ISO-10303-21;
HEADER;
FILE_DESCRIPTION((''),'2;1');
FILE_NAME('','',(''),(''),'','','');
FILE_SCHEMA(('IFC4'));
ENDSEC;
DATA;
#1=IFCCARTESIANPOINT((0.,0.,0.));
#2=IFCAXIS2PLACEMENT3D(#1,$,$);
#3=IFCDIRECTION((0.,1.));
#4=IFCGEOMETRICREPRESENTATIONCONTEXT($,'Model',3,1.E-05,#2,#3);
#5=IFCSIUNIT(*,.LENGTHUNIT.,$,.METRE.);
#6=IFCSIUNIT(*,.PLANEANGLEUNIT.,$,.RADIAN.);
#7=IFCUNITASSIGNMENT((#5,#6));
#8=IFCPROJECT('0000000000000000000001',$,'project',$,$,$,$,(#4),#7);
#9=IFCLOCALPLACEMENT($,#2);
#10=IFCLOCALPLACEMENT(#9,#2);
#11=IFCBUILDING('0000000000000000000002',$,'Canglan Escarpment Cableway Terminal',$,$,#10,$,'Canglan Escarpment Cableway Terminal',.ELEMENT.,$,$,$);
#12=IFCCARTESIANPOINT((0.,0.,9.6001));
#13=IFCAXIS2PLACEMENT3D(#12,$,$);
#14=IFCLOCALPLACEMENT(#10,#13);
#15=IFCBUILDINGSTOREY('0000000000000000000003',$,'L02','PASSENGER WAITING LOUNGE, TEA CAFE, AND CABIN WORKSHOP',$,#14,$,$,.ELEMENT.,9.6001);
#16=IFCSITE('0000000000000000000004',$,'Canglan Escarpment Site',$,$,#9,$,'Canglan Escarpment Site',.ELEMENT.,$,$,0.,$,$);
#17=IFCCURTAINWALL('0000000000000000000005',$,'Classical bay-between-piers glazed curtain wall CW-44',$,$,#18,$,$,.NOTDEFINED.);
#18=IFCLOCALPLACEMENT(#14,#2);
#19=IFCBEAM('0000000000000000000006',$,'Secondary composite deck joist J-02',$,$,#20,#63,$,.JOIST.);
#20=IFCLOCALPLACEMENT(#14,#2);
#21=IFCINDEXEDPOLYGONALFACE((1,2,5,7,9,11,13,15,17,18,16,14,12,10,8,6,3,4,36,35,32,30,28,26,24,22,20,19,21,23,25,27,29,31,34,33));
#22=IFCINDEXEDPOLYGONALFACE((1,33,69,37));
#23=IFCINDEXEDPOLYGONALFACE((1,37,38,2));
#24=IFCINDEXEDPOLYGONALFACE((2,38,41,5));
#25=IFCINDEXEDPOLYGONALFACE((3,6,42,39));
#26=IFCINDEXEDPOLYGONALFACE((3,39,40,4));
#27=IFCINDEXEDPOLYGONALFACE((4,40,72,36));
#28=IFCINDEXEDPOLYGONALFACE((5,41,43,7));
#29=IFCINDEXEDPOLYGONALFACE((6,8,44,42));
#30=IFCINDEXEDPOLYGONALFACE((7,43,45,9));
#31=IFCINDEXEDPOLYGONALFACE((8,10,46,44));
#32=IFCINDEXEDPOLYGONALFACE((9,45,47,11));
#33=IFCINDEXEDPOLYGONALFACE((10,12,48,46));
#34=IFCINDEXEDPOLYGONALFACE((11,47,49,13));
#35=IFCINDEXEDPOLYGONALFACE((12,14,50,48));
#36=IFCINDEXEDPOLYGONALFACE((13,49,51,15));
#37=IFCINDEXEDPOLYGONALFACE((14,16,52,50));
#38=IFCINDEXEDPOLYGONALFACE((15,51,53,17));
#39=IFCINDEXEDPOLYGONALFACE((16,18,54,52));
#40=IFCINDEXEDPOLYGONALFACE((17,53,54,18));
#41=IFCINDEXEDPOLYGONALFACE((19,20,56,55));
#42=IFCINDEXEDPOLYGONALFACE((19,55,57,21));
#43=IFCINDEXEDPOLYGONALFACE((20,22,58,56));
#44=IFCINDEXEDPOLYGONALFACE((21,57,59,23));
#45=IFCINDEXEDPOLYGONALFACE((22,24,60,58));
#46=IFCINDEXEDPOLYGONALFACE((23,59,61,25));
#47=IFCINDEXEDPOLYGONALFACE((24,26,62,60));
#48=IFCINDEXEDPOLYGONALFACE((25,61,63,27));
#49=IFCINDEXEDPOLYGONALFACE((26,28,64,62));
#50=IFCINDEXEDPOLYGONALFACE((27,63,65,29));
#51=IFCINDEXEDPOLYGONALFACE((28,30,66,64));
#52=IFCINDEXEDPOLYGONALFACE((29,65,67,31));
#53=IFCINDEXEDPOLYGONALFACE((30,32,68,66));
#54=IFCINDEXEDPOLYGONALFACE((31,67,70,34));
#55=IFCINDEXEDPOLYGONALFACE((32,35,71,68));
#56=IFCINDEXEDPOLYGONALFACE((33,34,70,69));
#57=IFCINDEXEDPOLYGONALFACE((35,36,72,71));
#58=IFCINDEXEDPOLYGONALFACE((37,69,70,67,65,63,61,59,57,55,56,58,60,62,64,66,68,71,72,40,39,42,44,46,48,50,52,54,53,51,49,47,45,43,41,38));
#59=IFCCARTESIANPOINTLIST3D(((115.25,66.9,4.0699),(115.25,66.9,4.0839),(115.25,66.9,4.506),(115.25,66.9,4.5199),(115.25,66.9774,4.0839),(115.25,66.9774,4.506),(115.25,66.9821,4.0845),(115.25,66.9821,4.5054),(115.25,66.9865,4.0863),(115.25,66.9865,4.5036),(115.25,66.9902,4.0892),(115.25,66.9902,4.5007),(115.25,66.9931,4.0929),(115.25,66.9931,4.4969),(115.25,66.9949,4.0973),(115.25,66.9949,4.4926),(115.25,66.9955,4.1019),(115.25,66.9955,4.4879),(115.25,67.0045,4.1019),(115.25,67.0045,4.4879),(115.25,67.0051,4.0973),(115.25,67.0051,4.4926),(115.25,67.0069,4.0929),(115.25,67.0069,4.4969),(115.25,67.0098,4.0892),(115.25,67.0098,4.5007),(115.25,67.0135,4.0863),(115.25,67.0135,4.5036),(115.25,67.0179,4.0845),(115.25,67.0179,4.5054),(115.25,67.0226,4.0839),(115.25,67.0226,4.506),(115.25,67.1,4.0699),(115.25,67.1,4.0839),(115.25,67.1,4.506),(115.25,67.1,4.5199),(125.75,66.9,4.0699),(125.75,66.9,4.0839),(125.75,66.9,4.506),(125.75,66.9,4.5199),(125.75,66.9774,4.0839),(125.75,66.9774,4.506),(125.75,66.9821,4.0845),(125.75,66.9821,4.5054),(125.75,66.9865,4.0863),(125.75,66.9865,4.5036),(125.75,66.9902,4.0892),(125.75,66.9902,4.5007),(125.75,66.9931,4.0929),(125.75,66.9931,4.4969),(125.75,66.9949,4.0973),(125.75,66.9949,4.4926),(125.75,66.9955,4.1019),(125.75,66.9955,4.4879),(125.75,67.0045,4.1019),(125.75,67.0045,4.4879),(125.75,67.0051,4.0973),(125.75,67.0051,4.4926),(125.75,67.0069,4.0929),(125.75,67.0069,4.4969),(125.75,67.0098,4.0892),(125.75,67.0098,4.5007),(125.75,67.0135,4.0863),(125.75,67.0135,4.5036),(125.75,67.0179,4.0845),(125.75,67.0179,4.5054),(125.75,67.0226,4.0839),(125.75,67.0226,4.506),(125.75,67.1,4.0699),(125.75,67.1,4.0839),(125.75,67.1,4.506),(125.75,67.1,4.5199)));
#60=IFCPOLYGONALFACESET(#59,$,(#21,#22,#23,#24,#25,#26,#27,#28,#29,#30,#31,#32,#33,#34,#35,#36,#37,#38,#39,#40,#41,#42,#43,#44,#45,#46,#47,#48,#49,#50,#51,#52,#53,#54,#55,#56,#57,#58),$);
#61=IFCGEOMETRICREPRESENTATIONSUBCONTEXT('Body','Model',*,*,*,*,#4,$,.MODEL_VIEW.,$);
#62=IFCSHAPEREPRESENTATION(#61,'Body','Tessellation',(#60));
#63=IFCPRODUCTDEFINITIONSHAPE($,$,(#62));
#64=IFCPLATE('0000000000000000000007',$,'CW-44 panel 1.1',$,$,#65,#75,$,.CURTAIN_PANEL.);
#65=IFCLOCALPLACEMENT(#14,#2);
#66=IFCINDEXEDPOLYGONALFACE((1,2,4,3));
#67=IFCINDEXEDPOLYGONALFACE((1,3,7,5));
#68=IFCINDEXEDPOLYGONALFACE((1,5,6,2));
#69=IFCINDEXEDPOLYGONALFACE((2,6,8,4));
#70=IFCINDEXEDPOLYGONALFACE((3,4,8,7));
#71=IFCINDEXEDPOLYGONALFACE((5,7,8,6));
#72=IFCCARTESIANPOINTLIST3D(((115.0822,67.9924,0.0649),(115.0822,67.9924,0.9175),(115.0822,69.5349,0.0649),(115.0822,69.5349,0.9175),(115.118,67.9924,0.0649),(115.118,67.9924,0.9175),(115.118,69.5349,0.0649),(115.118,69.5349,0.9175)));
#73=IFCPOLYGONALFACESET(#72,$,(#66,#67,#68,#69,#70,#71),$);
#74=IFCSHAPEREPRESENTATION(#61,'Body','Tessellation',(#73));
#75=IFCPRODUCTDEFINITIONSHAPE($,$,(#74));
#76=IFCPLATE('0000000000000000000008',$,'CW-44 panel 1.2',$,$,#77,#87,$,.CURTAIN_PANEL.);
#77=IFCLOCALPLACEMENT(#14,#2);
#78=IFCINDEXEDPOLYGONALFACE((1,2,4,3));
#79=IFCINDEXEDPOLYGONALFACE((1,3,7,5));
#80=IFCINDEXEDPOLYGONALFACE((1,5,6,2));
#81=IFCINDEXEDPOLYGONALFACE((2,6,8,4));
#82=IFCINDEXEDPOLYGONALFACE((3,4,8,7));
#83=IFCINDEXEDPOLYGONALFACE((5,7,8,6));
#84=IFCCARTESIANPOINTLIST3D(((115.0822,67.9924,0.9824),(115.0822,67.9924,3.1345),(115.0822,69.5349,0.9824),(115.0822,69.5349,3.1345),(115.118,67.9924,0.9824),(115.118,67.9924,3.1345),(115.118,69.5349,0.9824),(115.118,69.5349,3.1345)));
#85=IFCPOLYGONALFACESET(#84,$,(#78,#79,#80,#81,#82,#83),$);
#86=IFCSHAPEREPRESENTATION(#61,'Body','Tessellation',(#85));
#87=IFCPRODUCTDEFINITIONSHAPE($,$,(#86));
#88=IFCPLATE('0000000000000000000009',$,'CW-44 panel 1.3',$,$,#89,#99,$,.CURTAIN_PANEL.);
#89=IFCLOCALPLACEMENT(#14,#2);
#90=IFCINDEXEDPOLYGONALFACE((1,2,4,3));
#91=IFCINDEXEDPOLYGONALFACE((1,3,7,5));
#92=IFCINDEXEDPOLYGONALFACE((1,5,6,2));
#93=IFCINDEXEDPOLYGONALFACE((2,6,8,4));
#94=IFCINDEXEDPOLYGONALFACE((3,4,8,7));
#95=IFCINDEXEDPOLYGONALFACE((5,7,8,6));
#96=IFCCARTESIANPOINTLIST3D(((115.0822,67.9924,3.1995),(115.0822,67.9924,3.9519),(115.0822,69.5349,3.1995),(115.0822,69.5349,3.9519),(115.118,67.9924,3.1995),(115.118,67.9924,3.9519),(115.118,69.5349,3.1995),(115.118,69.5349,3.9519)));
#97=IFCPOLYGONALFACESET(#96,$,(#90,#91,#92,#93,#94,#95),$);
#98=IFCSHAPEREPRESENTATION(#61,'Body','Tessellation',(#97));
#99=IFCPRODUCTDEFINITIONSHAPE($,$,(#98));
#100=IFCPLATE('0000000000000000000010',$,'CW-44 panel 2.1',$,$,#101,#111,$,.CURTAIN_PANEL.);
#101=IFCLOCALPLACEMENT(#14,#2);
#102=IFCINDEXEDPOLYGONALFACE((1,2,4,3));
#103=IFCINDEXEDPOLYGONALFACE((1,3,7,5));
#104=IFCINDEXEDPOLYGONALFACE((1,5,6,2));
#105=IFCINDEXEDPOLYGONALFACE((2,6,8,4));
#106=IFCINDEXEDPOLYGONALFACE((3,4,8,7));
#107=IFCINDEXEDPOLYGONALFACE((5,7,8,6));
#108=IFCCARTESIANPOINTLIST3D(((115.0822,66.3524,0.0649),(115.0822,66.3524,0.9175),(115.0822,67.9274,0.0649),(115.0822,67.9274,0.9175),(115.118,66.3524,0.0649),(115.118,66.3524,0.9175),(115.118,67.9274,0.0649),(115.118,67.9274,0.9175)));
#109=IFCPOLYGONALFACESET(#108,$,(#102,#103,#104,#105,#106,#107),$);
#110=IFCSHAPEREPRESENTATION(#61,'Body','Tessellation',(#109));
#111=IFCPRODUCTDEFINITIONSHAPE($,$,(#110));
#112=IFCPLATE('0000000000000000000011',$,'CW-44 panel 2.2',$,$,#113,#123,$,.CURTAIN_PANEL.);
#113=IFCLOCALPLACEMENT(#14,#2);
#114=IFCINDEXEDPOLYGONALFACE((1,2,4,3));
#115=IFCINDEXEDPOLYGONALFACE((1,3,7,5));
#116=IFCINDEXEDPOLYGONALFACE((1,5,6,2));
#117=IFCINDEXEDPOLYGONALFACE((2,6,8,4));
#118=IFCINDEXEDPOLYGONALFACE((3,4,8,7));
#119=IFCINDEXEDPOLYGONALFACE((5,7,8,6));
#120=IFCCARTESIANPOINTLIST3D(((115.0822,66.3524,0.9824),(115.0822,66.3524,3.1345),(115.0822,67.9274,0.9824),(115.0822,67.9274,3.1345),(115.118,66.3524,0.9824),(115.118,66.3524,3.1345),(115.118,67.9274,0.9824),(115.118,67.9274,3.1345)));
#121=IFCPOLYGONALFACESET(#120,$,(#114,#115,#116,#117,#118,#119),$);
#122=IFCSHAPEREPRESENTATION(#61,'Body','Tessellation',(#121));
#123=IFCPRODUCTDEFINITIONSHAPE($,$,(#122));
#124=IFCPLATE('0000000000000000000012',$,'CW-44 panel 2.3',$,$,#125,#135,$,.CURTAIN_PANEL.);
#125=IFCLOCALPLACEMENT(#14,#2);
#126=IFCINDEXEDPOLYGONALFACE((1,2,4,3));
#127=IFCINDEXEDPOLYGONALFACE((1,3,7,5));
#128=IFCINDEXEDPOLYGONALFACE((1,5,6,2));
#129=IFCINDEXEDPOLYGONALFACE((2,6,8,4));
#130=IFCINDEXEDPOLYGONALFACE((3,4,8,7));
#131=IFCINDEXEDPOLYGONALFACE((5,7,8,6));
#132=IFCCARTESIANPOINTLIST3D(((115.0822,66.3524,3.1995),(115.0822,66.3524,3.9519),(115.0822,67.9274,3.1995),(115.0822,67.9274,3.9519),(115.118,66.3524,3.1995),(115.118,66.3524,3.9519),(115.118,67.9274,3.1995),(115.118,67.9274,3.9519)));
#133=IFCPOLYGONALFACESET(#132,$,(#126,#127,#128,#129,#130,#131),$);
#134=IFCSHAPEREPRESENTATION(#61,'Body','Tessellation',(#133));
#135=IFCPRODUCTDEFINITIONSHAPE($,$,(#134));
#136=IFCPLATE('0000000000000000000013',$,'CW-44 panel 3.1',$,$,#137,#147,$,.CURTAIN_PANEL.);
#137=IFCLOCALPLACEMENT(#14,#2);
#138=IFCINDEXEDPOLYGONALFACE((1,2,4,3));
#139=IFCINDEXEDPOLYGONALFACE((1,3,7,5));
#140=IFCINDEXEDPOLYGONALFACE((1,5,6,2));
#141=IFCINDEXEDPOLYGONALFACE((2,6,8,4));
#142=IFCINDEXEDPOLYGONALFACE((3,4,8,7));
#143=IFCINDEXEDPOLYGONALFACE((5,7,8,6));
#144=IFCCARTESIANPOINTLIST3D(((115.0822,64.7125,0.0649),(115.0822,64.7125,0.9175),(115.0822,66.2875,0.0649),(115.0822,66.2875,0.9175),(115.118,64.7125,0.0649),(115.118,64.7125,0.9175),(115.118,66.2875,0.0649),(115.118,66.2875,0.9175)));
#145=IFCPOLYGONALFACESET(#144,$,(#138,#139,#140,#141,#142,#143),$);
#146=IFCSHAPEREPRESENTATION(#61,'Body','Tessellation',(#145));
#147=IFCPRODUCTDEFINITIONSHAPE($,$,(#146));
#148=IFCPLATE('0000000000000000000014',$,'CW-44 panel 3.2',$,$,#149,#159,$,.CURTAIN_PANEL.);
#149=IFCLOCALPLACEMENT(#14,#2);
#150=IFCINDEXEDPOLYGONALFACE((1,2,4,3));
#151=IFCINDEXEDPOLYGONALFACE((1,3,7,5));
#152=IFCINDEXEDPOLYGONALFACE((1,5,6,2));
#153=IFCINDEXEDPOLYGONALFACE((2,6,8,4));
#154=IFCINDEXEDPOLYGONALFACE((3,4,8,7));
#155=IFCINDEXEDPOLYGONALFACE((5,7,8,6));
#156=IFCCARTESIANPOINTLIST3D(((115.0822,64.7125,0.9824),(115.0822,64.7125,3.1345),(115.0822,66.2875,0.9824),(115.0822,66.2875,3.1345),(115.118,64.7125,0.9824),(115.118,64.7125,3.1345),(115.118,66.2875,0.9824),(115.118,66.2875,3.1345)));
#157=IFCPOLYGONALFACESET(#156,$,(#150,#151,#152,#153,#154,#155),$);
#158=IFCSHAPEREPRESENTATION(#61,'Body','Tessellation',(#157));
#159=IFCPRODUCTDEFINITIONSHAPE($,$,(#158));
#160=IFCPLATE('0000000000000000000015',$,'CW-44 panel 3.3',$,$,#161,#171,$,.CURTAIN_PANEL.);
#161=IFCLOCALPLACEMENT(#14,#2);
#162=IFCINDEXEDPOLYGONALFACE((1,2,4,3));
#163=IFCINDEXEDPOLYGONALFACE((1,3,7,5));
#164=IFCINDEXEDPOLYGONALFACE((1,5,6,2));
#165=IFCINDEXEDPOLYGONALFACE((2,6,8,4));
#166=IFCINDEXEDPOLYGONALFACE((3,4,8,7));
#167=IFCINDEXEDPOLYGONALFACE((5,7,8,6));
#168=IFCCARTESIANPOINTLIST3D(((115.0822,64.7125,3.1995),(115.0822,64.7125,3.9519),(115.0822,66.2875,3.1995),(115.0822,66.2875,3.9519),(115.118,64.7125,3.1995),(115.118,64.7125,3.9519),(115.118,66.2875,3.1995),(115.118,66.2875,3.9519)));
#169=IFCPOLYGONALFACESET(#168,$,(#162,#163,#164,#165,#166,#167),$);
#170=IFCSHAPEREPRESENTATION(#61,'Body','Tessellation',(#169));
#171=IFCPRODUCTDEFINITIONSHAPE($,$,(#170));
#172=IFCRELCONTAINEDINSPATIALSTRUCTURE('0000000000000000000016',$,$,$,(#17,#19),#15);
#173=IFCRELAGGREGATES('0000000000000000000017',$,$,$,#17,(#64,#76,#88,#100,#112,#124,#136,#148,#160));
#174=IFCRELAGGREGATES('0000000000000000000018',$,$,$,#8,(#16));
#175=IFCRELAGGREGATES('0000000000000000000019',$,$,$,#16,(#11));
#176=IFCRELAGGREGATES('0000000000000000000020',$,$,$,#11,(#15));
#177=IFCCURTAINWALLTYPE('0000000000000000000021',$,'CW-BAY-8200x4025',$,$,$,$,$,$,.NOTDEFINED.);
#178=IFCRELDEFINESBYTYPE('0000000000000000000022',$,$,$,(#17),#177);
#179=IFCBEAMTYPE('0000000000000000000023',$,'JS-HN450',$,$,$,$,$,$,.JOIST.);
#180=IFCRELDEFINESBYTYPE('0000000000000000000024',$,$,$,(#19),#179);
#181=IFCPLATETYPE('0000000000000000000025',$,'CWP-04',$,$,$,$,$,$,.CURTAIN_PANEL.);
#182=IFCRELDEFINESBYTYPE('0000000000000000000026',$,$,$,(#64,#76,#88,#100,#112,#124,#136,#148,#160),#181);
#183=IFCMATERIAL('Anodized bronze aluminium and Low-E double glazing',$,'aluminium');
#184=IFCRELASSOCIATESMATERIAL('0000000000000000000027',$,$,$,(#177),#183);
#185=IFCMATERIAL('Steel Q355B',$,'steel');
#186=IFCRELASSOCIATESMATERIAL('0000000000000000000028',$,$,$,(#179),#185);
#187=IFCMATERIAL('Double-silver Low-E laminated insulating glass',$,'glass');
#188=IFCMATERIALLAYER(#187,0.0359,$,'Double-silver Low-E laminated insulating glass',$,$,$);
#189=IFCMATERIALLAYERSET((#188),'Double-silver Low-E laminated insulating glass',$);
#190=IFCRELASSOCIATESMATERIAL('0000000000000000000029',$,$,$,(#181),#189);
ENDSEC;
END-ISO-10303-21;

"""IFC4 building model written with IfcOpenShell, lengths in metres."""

from ifc_helpers import new_model, si_unit, direction, frame, origin, origin_2d, place, context, subcontext, project, spatial, rectangle, i_section, extrude, material, layer, layer_set, material_profile, profile_set, type_object, element, aggregate, save


model = new_model("IFC4")

# Units and contexts
model_context = context("Model", 3, precision=1e-05, world=origin(), true_north=direction((0.0, 1.0)))
body_context = subcontext(model_context, "Body", "Model", "MODEL_VIEW")
ifc_project = project(units=[si_unit("LENGTHUNIT", "METRE"), si_unit("PLANEANGLEUNIT", "RADIAN")], contexts=[model_context])

# Site, building, storey
site_placement = place(None, origin())
site = spatial("IfcSite", under=ifc_project, at=site_placement, Name="Canglan Escarpment Site", LongName="Canglan Escarpment Site", CompositionType="ELEMENT", RefElevation=0.0)
building_placement = place(site_placement, origin())
building = spatial("IfcBuilding", under=site, at=building_placement, Name="Canglan Escarpment Cableway Terminal", LongName="Canglan Escarpment Cableway Terminal", CompositionType="ELEMENT")
storey_placement = place(building_placement, frame((0.0, 0.0, 9.6001)))
storey = spatial("IfcBuildingStorey", under=building, at=storey_placement, Name="L02", Description="PASSENGER WAITING LOUNGE, TEA CAFE, AND CABIN WORKSHOP", CompositionType="ELEMENT", Elevation=9.6001)

# Curtain wall
ifc_material_1 = material(Name="Anodized bronze aluminium and Low-E double glazing", Category="aluminium")
curtain_wall_type = type_object("IfcCurtainWallType", Name="CW-BAY-8200x4025", PredefinedType="NOTDEFINED", material=ifc_material_1)
curtain_wall_placement = place(storey_placement, origin())
curtain_wall = element("IfcCurtainWall", 1, at=curtain_wall_placement, inside=storey, type_object=curtain_wall_type, Name="Classical bay-between-piers glazed curtain wall CW-44", PredefinedType="NOTDEFINED")

# Beam
ifc_material_2 = material(Name="Steel Q355B", Category="steel")
ifc_material_profile_1 = material_profile(ifc_material_2, i_section(OverallWidth=0.2, OverallDepth=0.45, WebThickness=0.009, FlangeThickness=0.0139, FilletRadius=0.0181, at=origin_2d()), Name="HN 450x200x9x14")
ifc_profile_set_1 = profile_set([ifc_material_profile_1], Name="Steel Q355B")
beam_type = type_object("IfcBeamType", Name="JS-HN450", PredefinedType="JOIST", material=ifc_profile_set_1)
for number, where, z_axis, x_axis, name in (
    (2, (115.25, 67.0, 4.2949), (1.0, 0.0, 0.0), (0.0, 1.0, 0.0), "Secondary composite deck joist J-02"),
):
    element("IfcBeam", number, at=place(storey_placement, frame(where, z_axis=z_axis, x_axis=x_axis)), inside=storey, type_object=beam_type, Name=name, PredefinedType="JOIST", context=body_context, shape_type="SweptSolid", body=[
        extrude(i_section(OverallWidth=0.2, OverallDepth=0.45, WebThickness=0.009, FlangeThickness=0.0139, FilletRadius=0.0181, at=origin_2d()), origin(), (0.0, 0.0, 1.0), 10.5),
    ])

# Plates
ifc_material_3 = material(Name="Double-silver Low-E laminated insulating glass", Category="glass")
ifc_layer = layer(ifc_material_3, 0.0359, Name="Double-silver Low-E laminated insulating glass")
ifc_layer_set = layer_set([ifc_layer], Name="Double-silver Low-E laminated insulating glass")
plate_type = type_object("IfcPlateType", Name="CWP-04", PredefinedType="CURTAIN_PANEL", material=ifc_layer_set)
plate_1_placement = place(storey_placement, frame((115.1001, 68.7637, 0.0649), z_axis=(0.0, 0.0, 1.0), x_axis=(0.0, -1.0, 0.0)))
plate_1 = element("IfcPlate", 3, at=plate_1_placement, type_object=plate_type, Name="CW-44 panel 1.1", PredefinedType="CURTAIN_PANEL", context=body_context, shape_type="SweptSolid", body=[
    extrude(rectangle(XDim=1.5425, YDim=0.0359, at=origin_2d()), origin(), (0.0, 0.0, 1.0), 0.8525),
])
plate_2_placement = place(storey_placement, frame((115.1001, 68.7637, 0.9824), z_axis=(0.0, 0.0, 1.0), x_axis=(0.0, -1.0, 0.0)))
plate_2 = element("IfcPlate", 4, at=plate_2_placement, type_object=plate_type, Name="CW-44 panel 1.2", PredefinedType="CURTAIN_PANEL", context=body_context, shape_type="SweptSolid", body=[
    extrude(rectangle(XDim=1.5425, YDim=0.0359, at=origin_2d()), origin(), (0.0, 0.0, 1.0), 2.1521),
])
plate_3_placement = place(storey_placement, frame((115.1001, 68.7637, 3.1995), z_axis=(0.0, 0.0, 1.0), x_axis=(0.0, -1.0, 0.0)))
plate_3 = element("IfcPlate", 5, at=plate_3_placement, type_object=plate_type, Name="CW-44 panel 1.3", PredefinedType="CURTAIN_PANEL", context=body_context, shape_type="SweptSolid", body=[
    extrude(rectangle(XDim=1.5425, YDim=0.0359, at=origin_2d()), origin(), (0.0, 0.0, 1.0), 0.7524),
])
plate_4_placement = place(storey_placement, frame((115.1001, 67.1399, 0.0649), z_axis=(0.0, 0.0, 1.0), x_axis=(0.0, -1.0, 0.0)))
plate_4 = element("IfcPlate", 6, at=plate_4_placement, type_object=plate_type, Name="CW-44 panel 2.1", PredefinedType="CURTAIN_PANEL", context=body_context, shape_type="SweptSolid", body=[
    extrude(rectangle(XDim=1.575, YDim=0.0359, at=origin_2d()), origin(), (0.0, 0.0, 1.0), 0.8525),
])
plate_5_placement = place(storey_placement, frame((115.1001, 67.1399, 0.9824), z_axis=(0.0, 0.0, 1.0), x_axis=(0.0, -1.0, 0.0)))
plate_5 = element("IfcPlate", 7, at=plate_5_placement, type_object=plate_type, Name="CW-44 panel 2.2", PredefinedType="CURTAIN_PANEL", context=body_context, shape_type="SweptSolid", body=[
    extrude(rectangle(XDim=1.575, YDim=0.0359, at=origin_2d()), origin(), (0.0, 0.0, 1.0), 2.1521),
])
plate_6_placement = place(storey_placement, frame((115.1001, 67.1399, 3.1995), z_axis=(0.0, 0.0, 1.0), x_axis=(0.0, -1.0, 0.0)))
plate_6 = element("IfcPlate", 8, at=plate_6_placement, type_object=plate_type, Name="CW-44 panel 2.3", PredefinedType="CURTAIN_PANEL", context=body_context, shape_type="SweptSolid", body=[
    extrude(rectangle(XDim=1.575, YDim=0.0359, at=origin_2d()), origin(), (0.0, 0.0, 1.0), 0.7524),
])
plate_7_placement = place(storey_placement, frame((115.1001, 65.5, 0.0649), z_axis=(0.0, 0.0, 1.0), x_axis=(0.0, -1.0, 0.0)))
plate_7 = element("IfcPlate", 9, at=plate_7_placement, type_object=plate_type, Name="CW-44 panel 3.1", PredefinedType="CURTAIN_PANEL", context=body_context, shape_type="SweptSolid", body=[
    extrude(rectangle(XDim=1.575, YDim=0.0359, at=origin_2d()), origin(), (0.0, 0.0, 1.0), 0.8525),
])
plate_8_placement = place(storey_placement, frame((115.1001, 65.5, 0.9824), z_axis=(0.0, 0.0, 1.0), x_axis=(0.0, -1.0, 0.0)))
plate_8 = element("IfcPlate", 10, at=plate_8_placement, type_object=plate_type, Name="CW-44 panel 3.2", PredefinedType="CURTAIN_PANEL", context=body_context, shape_type="SweptSolid", body=[
    extrude(rectangle(XDim=1.575, YDim=0.0359, at=origin_2d()), origin(), (0.0, 0.0, 1.0), 2.1521),
])
plate_9_placement = place(storey_placement, frame((115.1001, 65.5, 3.1995), z_axis=(0.0, 0.0, 1.0), x_axis=(0.0, -1.0, 0.0)))
plate_9 = element("IfcPlate", 11, at=plate_9_placement, type_object=plate_type, Name="CW-44 panel 3.3", PredefinedType="CURTAIN_PANEL", context=body_context, shape_type="SweptSolid", body=[
    extrude(rectangle(XDim=1.575, YDim=0.0359, at=origin_2d()), origin(), (0.0, 0.0, 1.0), 0.7524),
])
aggregate(curtain_wall, [plate_1, plate_2, plate_3, plate_4, plate_5, plate_6, plate_7, plate_8, plate_9])

save(model, "model.ifc")
